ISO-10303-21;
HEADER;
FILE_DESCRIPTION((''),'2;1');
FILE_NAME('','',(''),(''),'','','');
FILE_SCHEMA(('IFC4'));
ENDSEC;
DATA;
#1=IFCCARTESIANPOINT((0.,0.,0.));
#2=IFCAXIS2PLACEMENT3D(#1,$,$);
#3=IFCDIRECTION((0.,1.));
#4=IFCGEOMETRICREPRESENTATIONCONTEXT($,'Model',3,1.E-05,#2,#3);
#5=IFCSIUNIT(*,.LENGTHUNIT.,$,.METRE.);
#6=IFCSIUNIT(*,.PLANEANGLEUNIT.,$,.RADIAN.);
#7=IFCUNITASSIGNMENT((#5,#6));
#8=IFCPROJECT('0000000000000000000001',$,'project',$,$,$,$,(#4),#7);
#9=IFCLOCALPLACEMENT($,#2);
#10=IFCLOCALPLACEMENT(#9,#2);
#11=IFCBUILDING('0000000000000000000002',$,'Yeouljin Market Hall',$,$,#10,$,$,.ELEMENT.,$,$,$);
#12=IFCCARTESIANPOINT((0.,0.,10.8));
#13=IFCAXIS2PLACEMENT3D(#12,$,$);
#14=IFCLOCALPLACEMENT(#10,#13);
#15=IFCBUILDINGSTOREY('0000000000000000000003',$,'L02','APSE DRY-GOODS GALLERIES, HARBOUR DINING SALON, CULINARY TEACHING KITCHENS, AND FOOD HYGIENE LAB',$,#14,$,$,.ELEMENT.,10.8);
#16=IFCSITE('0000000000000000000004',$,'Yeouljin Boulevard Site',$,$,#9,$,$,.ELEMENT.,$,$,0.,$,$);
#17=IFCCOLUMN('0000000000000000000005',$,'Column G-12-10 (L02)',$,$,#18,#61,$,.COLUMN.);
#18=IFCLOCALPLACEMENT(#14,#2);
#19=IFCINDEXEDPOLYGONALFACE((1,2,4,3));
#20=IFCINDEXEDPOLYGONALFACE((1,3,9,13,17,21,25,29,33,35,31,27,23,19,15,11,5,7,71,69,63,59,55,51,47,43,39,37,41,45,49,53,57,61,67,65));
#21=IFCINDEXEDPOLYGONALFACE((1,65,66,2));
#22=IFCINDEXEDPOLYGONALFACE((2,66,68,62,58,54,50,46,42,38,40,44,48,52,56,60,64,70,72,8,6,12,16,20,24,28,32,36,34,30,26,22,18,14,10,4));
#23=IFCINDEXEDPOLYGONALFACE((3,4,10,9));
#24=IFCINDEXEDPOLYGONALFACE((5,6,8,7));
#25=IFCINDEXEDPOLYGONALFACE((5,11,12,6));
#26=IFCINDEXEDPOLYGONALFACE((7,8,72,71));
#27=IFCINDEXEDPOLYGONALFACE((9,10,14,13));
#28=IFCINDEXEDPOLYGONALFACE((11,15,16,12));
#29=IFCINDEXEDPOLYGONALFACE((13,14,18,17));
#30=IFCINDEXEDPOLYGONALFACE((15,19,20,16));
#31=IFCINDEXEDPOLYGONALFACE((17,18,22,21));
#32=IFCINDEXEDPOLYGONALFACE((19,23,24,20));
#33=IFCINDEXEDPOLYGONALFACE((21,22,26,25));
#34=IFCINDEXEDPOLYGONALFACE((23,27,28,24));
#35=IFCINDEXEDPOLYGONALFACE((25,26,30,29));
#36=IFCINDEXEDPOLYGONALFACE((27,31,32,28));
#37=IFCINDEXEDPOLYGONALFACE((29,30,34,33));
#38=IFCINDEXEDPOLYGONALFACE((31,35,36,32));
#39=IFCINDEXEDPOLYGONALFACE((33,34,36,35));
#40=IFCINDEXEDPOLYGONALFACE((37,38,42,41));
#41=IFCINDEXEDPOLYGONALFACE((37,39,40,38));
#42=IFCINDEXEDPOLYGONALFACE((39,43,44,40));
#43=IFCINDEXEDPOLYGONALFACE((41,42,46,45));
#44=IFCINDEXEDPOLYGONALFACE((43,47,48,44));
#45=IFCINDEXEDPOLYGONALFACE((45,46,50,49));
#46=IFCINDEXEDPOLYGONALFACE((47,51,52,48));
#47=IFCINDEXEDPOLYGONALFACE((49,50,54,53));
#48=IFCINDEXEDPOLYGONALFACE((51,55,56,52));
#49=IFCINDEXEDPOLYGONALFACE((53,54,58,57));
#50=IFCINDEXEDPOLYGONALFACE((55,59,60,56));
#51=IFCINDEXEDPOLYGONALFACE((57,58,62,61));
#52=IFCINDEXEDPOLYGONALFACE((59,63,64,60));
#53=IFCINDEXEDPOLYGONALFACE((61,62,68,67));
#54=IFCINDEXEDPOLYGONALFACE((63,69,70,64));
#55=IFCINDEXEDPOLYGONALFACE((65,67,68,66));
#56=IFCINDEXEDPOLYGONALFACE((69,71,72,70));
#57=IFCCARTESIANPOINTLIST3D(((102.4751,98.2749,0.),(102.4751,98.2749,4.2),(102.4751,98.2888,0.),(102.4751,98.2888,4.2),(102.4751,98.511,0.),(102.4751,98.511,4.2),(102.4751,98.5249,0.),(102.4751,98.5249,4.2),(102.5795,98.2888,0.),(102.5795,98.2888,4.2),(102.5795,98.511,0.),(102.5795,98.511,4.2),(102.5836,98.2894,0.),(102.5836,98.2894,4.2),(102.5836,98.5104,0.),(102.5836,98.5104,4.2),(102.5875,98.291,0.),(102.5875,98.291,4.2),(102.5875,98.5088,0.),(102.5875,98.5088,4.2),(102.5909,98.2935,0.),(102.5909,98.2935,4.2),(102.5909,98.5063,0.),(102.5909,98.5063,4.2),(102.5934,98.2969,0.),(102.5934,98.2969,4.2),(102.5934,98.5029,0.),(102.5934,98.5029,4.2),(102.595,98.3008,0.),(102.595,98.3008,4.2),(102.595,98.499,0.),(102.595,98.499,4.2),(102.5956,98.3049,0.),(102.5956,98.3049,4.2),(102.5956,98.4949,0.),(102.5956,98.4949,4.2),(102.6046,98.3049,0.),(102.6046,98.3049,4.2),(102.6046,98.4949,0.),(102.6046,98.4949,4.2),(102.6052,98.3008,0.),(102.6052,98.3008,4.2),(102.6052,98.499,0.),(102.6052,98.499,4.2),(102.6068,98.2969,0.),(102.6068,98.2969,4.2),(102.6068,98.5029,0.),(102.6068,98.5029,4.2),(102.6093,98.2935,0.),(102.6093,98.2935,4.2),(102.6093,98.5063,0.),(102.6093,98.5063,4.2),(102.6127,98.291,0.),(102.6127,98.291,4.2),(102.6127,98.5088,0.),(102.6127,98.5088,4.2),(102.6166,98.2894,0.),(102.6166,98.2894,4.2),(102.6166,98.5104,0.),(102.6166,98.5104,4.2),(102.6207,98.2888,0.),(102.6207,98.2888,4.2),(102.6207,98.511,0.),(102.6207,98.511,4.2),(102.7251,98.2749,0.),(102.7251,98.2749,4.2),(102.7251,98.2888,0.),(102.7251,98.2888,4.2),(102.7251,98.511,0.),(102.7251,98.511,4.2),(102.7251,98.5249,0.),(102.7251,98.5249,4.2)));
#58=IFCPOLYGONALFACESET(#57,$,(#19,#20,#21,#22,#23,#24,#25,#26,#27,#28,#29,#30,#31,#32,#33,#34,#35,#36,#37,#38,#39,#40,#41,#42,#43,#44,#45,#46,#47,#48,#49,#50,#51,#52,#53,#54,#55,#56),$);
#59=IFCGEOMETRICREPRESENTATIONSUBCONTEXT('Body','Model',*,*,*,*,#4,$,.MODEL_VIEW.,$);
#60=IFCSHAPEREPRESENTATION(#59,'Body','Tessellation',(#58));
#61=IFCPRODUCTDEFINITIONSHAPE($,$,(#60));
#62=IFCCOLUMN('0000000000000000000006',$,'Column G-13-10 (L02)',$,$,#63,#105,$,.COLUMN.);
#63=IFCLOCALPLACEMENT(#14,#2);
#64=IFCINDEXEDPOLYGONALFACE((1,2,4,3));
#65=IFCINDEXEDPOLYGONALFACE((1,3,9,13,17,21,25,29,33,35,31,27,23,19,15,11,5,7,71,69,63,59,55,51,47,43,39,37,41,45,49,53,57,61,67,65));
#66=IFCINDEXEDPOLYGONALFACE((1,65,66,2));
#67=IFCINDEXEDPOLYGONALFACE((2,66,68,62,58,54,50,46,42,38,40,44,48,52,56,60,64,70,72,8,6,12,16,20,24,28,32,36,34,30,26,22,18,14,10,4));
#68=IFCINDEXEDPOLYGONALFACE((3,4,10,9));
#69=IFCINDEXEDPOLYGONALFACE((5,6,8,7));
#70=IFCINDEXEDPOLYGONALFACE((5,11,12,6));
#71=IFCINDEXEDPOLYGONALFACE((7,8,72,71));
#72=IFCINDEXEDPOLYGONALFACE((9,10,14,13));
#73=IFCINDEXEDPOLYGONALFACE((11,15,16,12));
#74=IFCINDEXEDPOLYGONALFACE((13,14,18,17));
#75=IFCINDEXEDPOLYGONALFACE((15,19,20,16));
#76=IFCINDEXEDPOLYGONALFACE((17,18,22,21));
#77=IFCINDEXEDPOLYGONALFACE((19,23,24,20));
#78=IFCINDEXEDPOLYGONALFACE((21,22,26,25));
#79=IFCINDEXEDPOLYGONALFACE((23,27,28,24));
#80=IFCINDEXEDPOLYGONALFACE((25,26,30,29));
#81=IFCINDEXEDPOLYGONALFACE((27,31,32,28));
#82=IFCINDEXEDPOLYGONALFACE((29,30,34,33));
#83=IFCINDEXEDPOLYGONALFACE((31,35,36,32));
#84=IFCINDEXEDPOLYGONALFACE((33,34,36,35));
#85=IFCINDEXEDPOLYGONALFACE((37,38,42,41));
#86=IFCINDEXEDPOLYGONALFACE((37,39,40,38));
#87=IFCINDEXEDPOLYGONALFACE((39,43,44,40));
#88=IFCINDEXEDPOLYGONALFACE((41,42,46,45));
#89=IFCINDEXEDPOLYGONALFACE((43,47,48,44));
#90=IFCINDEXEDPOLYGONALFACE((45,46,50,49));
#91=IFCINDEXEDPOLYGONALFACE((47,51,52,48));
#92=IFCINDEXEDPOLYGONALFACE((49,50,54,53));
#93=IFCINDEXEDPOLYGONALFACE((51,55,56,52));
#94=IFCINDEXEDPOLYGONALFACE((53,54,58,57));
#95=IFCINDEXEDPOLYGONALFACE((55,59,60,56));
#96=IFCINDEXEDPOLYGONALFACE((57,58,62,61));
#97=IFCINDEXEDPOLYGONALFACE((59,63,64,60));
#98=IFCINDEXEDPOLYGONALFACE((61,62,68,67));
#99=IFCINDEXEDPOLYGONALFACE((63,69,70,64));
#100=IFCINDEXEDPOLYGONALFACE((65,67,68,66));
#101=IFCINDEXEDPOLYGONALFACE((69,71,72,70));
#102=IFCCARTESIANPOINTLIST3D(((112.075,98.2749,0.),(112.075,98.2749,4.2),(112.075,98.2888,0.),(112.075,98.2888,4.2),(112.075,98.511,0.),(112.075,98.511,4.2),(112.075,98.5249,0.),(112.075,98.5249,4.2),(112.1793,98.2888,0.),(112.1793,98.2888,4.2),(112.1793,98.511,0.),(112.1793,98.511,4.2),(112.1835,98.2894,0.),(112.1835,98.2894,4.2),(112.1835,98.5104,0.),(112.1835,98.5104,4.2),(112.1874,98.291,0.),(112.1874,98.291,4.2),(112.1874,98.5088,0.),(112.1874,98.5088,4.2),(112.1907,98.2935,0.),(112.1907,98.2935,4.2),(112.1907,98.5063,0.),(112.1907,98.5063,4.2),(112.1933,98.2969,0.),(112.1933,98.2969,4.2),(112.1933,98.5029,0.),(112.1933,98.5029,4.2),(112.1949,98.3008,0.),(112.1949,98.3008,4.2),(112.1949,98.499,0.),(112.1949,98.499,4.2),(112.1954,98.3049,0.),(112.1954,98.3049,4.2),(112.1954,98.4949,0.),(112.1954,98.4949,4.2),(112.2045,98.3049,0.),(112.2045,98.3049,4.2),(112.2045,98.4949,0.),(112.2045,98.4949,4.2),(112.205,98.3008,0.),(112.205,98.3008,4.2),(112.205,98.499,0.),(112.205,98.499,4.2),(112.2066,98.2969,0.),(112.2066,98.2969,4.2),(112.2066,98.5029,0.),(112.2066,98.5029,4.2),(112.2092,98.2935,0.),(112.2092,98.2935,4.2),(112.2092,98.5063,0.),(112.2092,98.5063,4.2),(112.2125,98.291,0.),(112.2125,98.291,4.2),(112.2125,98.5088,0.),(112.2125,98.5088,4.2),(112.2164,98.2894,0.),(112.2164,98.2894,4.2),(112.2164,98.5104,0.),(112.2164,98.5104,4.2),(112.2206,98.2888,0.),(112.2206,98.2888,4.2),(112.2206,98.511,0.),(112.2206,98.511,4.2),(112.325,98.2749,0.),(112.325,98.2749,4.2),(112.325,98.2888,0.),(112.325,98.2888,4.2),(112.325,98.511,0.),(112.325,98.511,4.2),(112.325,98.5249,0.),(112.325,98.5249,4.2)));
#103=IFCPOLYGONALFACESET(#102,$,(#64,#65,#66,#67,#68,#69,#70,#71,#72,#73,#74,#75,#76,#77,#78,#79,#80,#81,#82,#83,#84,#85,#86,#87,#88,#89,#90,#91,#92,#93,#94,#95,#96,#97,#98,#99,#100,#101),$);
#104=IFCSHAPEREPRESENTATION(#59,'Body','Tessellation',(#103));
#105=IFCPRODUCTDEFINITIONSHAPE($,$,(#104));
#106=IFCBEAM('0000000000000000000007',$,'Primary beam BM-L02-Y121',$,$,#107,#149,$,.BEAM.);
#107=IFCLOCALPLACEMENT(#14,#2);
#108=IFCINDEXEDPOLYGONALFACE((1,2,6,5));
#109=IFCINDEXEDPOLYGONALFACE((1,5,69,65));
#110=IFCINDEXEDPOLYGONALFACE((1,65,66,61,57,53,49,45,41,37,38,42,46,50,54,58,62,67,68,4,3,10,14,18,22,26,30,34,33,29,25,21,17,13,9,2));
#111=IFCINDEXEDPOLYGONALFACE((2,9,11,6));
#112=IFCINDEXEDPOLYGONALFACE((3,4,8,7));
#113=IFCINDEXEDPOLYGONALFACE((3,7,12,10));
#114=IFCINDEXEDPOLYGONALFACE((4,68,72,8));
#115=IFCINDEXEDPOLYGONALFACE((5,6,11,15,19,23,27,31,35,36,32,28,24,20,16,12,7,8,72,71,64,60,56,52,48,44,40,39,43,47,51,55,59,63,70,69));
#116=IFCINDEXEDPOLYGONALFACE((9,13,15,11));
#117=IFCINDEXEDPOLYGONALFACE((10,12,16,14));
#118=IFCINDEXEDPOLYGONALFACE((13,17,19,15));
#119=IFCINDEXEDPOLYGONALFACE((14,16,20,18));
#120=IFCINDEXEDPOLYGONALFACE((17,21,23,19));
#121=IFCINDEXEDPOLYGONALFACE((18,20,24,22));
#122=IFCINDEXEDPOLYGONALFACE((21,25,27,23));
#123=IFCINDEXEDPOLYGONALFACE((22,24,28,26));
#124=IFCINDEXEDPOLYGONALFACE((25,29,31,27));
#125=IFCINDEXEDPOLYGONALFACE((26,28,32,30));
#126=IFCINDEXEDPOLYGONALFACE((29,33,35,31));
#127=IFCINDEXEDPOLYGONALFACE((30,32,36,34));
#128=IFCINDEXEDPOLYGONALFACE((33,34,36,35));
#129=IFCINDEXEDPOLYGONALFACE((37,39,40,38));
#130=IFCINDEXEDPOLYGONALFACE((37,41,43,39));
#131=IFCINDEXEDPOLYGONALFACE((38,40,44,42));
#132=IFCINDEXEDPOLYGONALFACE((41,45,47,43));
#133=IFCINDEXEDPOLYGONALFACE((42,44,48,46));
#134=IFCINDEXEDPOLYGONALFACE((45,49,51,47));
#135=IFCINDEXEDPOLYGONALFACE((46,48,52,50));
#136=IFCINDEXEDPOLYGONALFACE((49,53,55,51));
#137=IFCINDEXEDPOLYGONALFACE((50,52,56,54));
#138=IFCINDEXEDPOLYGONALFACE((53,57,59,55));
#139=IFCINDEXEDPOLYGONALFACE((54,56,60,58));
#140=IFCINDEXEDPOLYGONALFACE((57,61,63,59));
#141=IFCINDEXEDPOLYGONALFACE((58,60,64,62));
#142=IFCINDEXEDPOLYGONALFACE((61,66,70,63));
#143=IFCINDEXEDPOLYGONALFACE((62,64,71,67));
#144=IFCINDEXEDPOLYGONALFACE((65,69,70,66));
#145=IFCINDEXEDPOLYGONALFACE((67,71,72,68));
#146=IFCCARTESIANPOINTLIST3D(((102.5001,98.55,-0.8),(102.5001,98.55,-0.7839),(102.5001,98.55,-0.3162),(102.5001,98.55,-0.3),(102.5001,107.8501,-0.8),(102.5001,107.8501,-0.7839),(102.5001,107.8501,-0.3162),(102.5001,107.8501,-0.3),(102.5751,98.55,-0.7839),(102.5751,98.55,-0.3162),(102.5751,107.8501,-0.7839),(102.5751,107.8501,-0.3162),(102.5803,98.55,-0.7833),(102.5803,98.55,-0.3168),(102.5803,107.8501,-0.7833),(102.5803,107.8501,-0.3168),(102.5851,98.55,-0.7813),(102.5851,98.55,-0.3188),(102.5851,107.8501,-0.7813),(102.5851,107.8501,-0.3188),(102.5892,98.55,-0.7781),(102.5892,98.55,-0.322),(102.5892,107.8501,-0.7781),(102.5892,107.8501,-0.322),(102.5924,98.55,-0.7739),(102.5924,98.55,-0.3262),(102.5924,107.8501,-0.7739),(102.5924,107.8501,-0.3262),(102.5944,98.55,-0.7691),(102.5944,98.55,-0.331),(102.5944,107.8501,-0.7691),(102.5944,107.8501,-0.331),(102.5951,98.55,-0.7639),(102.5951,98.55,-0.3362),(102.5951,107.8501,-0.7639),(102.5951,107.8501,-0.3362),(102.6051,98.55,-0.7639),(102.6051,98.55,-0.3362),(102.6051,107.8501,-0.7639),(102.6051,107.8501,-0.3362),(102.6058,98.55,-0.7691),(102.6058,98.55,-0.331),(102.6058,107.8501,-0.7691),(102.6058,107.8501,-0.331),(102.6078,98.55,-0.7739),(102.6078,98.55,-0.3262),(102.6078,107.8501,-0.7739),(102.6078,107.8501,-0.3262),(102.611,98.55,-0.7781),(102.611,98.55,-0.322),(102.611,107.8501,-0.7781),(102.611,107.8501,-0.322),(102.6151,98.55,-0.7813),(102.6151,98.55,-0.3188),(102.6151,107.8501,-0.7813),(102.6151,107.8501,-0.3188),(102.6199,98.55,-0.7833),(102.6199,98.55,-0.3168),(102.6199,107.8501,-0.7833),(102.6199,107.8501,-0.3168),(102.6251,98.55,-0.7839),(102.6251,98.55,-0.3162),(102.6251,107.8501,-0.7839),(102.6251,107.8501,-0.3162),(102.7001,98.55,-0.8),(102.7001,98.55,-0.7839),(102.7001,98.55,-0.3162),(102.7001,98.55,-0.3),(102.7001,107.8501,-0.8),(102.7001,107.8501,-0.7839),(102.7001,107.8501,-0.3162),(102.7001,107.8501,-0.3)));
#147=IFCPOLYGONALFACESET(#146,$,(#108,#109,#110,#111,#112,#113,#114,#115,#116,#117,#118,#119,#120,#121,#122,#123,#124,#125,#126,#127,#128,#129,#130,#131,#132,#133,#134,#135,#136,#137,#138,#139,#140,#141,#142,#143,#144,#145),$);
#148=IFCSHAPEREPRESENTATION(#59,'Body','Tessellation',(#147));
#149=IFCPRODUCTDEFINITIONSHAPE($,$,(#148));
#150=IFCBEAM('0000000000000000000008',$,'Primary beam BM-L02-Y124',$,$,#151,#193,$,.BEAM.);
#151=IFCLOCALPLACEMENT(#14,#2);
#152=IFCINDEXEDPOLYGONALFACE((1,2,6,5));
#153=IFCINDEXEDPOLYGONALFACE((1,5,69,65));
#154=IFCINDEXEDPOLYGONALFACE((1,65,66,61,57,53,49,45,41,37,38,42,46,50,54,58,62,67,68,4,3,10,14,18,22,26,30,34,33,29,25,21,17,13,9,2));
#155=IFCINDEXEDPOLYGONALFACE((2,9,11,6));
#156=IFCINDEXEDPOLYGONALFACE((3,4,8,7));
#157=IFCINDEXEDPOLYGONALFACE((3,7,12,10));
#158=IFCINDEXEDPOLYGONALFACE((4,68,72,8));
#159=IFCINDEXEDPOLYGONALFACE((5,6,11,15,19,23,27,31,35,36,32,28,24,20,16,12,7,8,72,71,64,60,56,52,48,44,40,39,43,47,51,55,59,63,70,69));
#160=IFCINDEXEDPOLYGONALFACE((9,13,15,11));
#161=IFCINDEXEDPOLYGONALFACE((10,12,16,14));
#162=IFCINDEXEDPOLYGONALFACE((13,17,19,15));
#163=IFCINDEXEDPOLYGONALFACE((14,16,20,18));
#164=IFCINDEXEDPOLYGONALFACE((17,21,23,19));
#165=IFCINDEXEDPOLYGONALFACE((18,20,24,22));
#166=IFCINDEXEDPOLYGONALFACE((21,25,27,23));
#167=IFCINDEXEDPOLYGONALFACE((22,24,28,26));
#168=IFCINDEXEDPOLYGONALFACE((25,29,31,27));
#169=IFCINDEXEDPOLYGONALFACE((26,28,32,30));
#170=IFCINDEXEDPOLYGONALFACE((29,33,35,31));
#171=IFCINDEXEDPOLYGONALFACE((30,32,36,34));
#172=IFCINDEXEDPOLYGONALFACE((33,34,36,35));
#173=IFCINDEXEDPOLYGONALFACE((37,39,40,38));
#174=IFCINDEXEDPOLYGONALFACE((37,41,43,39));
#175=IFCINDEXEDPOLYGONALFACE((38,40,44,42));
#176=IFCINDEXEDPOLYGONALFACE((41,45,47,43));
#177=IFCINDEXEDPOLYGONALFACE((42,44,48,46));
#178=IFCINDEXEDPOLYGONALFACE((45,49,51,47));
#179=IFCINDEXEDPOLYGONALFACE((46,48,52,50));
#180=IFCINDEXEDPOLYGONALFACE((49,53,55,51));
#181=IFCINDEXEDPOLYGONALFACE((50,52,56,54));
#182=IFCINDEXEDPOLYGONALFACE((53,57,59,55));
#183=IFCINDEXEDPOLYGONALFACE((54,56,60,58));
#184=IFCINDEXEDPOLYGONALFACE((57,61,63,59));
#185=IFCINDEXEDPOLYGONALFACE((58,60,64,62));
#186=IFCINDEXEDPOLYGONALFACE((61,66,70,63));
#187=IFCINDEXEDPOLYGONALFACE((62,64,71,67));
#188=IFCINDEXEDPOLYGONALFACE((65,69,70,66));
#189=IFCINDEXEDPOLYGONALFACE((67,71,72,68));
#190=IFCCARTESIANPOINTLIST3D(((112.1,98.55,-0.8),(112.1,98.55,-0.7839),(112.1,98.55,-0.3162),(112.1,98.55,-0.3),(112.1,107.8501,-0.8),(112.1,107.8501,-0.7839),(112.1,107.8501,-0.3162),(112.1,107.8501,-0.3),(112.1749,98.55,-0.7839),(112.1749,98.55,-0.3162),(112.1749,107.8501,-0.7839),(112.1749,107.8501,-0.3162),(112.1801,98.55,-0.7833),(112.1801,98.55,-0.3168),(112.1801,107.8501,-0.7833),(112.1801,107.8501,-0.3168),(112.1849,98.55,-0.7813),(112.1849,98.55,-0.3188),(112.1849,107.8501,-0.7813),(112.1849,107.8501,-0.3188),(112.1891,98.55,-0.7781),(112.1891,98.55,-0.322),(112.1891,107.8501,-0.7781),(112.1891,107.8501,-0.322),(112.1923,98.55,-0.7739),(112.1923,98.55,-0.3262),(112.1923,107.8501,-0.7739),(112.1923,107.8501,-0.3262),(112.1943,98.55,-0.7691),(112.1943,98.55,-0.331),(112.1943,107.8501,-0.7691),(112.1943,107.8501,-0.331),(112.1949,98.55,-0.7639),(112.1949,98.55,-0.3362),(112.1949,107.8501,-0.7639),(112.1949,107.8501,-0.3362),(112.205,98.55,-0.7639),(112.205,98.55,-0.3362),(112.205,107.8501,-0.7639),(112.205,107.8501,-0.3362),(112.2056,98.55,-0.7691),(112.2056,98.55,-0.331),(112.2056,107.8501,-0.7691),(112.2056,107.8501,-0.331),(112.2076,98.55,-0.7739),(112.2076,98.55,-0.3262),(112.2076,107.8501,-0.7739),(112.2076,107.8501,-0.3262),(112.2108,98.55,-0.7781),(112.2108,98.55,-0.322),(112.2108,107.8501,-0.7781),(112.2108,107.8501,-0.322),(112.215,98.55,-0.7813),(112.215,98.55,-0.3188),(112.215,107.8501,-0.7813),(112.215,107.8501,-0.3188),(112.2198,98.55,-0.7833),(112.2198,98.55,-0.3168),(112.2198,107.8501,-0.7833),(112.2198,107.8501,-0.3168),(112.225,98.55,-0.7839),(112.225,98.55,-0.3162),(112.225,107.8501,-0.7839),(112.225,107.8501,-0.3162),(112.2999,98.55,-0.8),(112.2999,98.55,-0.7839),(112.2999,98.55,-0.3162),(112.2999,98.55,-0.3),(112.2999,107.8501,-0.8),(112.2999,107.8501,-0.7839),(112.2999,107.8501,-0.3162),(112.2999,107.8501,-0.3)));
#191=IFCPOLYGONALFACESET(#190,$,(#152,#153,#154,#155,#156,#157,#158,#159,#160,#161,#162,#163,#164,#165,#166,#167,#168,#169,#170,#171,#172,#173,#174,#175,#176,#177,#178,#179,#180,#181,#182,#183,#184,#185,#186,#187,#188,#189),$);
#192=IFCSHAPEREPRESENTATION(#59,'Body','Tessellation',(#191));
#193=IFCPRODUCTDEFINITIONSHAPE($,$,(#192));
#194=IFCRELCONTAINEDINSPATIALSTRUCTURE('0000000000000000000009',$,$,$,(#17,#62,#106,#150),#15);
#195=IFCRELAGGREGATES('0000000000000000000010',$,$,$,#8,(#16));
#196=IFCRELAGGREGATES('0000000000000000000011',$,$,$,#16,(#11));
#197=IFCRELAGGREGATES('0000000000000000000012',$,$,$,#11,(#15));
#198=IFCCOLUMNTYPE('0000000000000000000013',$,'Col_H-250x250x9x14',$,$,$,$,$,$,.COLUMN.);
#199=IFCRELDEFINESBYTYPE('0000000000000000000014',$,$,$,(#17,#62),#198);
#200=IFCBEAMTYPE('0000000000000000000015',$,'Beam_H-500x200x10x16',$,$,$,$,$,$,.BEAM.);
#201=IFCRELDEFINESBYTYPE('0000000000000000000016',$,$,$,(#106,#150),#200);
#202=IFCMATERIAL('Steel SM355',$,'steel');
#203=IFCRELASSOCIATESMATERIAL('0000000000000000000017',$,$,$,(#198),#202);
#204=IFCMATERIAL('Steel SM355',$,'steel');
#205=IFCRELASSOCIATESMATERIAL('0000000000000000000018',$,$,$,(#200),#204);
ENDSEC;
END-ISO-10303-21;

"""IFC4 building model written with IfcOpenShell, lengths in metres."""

from ifc_helpers import new_model, si_unit, direction, frame, origin, origin_2d, place, context, subcontext, project, spatial, i_section, extrude, material, material_profile, profile_set, type_object, element, save


model = new_model("IFC4")

# Units and contexts
model_context = context("Model", 3, precision=1e-05, world=origin(), true_north=direction((0.0, 1.0)))
body_context = subcontext(model_context, "Body", "Model", "MODEL_VIEW")
ifc_project = project(units=[si_unit("LENGTHUNIT", "METRE"), si_unit("PLANEANGLEUNIT", "RADIAN")], contexts=[model_context])

# Site, building, storey
site_placement = place(None, origin())
site = spatial("IfcSite", under=ifc_project, at=site_placement, Name="Yeouljin Boulevard Site", CompositionType="ELEMENT", RefElevation=0.0)
building_placement = place(site_placement, origin())
building = spatial("IfcBuilding", under=site, at=building_placement, Name="Yeouljin Market Hall", CompositionType="ELEMENT")
storey_placement = place(building_placement, frame((0.0, 0.0, 10.8)))
storey = spatial("IfcBuildingStorey", under=building, at=storey_placement, Name="L02", Description="APSE DRY-GOODS GALLERIES, HARBOUR DINING SALON, CULINARY TEACHING KITCHENS, AND FOOD HYGIENE LAB", CompositionType="ELEMENT", Elevation=10.8)

# Columns
ifc_material_1 = material(Name="Steel SM355", Category="steel")
ifc_material_profile_1 = material_profile(ifc_material_1, i_section(OverallWidth=0.25, OverallDepth=0.25, WebThickness=0.009, FlangeThickness=0.0139, FilletRadius=0.0161, at=origin_2d()), Name="H-250x250x9x14")
ifc_profile_set_1 = profile_set([ifc_material_profile_1], Name="Steel SM355")
column_type = type_object("IfcColumnType", Name="Col_H-250x250x9x14", PredefinedType="COLUMN", material=ifc_profile_set_1)
for number, where, z_axis, x_axis, name in (
    (1, (102.6001, 98.3999, 0.0), (0.0, 0.0, 1.0), (1.0, 0.0, 0.0), "Column G-12-10 (L02)"),
    (2, (112.2, 98.3999, 0.0), (0.0, 0.0, 1.0), (1.0, 0.0, 0.0), "Column G-13-10 (L02)"),
):
    element("IfcColumn", number, at=place(storey_placement, frame(where, z_axis=z_axis, x_axis=x_axis)), inside=storey, type_object=column_type, Name=name, PredefinedType="COLUMN", context=body_context, shape_type="SweptSolid", body=[
        extrude(i_section(OverallWidth=0.25, OverallDepth=0.25, WebThickness=0.009, FlangeThickness=0.0139, FilletRadius=0.0161, at=origin_2d()), origin(), (0.0, 0.0, 1.0), 4.2),
    ])

# Beams
ifc_material_2 = material(Name="Steel SM355", Category="steel")
ifc_material_profile_2 = material_profile(ifc_material_2, i_section(OverallWidth=0.2, OverallDepth=0.5, WebThickness=0.01, FlangeThickness=0.0161, FilletRadius=0.02, at=origin_2d()), Name="H-500x200x10x16")
ifc_profile_set_2 = profile_set([ifc_material_profile_2], Name="Steel SM355")
beam_type_1 = type_object("IfcBeamType", Name="Beam_H-500x200x10x16", PredefinedType="BEAM", material=ifc_profile_set_2)
for number, where, z_axis, x_axis, name in (
    (3, (102.6001, 98.55, -0.55), (0.0, 1.0, 0.0), (-1.0, 0.0, 0.0), "Primary beam BM-L02-Y121"),
    (4, (112.2, 98.55, -0.55), (0.0, 1.0, 0.0), (-1.0, 0.0, 0.0), "Primary beam BM-L02-Y124"),
):
    element("IfcBeam", number, at=place(storey_placement, frame(where, z_axis=z_axis, x_axis=x_axis)), inside=storey, type_object=beam_type_1, Name=name, PredefinedType="BEAM", context=body_context, shape_type="SweptSolid", body=[
        extrude(i_section(OverallWidth=0.2, OverallDepth=0.5, WebThickness=0.01, FlangeThickness=0.0161, FilletRadius=0.02, at=origin_2d()), origin(), (0.0, 0.0, 1.0), 9.3),
    ])

save(model, "model.ifc")
